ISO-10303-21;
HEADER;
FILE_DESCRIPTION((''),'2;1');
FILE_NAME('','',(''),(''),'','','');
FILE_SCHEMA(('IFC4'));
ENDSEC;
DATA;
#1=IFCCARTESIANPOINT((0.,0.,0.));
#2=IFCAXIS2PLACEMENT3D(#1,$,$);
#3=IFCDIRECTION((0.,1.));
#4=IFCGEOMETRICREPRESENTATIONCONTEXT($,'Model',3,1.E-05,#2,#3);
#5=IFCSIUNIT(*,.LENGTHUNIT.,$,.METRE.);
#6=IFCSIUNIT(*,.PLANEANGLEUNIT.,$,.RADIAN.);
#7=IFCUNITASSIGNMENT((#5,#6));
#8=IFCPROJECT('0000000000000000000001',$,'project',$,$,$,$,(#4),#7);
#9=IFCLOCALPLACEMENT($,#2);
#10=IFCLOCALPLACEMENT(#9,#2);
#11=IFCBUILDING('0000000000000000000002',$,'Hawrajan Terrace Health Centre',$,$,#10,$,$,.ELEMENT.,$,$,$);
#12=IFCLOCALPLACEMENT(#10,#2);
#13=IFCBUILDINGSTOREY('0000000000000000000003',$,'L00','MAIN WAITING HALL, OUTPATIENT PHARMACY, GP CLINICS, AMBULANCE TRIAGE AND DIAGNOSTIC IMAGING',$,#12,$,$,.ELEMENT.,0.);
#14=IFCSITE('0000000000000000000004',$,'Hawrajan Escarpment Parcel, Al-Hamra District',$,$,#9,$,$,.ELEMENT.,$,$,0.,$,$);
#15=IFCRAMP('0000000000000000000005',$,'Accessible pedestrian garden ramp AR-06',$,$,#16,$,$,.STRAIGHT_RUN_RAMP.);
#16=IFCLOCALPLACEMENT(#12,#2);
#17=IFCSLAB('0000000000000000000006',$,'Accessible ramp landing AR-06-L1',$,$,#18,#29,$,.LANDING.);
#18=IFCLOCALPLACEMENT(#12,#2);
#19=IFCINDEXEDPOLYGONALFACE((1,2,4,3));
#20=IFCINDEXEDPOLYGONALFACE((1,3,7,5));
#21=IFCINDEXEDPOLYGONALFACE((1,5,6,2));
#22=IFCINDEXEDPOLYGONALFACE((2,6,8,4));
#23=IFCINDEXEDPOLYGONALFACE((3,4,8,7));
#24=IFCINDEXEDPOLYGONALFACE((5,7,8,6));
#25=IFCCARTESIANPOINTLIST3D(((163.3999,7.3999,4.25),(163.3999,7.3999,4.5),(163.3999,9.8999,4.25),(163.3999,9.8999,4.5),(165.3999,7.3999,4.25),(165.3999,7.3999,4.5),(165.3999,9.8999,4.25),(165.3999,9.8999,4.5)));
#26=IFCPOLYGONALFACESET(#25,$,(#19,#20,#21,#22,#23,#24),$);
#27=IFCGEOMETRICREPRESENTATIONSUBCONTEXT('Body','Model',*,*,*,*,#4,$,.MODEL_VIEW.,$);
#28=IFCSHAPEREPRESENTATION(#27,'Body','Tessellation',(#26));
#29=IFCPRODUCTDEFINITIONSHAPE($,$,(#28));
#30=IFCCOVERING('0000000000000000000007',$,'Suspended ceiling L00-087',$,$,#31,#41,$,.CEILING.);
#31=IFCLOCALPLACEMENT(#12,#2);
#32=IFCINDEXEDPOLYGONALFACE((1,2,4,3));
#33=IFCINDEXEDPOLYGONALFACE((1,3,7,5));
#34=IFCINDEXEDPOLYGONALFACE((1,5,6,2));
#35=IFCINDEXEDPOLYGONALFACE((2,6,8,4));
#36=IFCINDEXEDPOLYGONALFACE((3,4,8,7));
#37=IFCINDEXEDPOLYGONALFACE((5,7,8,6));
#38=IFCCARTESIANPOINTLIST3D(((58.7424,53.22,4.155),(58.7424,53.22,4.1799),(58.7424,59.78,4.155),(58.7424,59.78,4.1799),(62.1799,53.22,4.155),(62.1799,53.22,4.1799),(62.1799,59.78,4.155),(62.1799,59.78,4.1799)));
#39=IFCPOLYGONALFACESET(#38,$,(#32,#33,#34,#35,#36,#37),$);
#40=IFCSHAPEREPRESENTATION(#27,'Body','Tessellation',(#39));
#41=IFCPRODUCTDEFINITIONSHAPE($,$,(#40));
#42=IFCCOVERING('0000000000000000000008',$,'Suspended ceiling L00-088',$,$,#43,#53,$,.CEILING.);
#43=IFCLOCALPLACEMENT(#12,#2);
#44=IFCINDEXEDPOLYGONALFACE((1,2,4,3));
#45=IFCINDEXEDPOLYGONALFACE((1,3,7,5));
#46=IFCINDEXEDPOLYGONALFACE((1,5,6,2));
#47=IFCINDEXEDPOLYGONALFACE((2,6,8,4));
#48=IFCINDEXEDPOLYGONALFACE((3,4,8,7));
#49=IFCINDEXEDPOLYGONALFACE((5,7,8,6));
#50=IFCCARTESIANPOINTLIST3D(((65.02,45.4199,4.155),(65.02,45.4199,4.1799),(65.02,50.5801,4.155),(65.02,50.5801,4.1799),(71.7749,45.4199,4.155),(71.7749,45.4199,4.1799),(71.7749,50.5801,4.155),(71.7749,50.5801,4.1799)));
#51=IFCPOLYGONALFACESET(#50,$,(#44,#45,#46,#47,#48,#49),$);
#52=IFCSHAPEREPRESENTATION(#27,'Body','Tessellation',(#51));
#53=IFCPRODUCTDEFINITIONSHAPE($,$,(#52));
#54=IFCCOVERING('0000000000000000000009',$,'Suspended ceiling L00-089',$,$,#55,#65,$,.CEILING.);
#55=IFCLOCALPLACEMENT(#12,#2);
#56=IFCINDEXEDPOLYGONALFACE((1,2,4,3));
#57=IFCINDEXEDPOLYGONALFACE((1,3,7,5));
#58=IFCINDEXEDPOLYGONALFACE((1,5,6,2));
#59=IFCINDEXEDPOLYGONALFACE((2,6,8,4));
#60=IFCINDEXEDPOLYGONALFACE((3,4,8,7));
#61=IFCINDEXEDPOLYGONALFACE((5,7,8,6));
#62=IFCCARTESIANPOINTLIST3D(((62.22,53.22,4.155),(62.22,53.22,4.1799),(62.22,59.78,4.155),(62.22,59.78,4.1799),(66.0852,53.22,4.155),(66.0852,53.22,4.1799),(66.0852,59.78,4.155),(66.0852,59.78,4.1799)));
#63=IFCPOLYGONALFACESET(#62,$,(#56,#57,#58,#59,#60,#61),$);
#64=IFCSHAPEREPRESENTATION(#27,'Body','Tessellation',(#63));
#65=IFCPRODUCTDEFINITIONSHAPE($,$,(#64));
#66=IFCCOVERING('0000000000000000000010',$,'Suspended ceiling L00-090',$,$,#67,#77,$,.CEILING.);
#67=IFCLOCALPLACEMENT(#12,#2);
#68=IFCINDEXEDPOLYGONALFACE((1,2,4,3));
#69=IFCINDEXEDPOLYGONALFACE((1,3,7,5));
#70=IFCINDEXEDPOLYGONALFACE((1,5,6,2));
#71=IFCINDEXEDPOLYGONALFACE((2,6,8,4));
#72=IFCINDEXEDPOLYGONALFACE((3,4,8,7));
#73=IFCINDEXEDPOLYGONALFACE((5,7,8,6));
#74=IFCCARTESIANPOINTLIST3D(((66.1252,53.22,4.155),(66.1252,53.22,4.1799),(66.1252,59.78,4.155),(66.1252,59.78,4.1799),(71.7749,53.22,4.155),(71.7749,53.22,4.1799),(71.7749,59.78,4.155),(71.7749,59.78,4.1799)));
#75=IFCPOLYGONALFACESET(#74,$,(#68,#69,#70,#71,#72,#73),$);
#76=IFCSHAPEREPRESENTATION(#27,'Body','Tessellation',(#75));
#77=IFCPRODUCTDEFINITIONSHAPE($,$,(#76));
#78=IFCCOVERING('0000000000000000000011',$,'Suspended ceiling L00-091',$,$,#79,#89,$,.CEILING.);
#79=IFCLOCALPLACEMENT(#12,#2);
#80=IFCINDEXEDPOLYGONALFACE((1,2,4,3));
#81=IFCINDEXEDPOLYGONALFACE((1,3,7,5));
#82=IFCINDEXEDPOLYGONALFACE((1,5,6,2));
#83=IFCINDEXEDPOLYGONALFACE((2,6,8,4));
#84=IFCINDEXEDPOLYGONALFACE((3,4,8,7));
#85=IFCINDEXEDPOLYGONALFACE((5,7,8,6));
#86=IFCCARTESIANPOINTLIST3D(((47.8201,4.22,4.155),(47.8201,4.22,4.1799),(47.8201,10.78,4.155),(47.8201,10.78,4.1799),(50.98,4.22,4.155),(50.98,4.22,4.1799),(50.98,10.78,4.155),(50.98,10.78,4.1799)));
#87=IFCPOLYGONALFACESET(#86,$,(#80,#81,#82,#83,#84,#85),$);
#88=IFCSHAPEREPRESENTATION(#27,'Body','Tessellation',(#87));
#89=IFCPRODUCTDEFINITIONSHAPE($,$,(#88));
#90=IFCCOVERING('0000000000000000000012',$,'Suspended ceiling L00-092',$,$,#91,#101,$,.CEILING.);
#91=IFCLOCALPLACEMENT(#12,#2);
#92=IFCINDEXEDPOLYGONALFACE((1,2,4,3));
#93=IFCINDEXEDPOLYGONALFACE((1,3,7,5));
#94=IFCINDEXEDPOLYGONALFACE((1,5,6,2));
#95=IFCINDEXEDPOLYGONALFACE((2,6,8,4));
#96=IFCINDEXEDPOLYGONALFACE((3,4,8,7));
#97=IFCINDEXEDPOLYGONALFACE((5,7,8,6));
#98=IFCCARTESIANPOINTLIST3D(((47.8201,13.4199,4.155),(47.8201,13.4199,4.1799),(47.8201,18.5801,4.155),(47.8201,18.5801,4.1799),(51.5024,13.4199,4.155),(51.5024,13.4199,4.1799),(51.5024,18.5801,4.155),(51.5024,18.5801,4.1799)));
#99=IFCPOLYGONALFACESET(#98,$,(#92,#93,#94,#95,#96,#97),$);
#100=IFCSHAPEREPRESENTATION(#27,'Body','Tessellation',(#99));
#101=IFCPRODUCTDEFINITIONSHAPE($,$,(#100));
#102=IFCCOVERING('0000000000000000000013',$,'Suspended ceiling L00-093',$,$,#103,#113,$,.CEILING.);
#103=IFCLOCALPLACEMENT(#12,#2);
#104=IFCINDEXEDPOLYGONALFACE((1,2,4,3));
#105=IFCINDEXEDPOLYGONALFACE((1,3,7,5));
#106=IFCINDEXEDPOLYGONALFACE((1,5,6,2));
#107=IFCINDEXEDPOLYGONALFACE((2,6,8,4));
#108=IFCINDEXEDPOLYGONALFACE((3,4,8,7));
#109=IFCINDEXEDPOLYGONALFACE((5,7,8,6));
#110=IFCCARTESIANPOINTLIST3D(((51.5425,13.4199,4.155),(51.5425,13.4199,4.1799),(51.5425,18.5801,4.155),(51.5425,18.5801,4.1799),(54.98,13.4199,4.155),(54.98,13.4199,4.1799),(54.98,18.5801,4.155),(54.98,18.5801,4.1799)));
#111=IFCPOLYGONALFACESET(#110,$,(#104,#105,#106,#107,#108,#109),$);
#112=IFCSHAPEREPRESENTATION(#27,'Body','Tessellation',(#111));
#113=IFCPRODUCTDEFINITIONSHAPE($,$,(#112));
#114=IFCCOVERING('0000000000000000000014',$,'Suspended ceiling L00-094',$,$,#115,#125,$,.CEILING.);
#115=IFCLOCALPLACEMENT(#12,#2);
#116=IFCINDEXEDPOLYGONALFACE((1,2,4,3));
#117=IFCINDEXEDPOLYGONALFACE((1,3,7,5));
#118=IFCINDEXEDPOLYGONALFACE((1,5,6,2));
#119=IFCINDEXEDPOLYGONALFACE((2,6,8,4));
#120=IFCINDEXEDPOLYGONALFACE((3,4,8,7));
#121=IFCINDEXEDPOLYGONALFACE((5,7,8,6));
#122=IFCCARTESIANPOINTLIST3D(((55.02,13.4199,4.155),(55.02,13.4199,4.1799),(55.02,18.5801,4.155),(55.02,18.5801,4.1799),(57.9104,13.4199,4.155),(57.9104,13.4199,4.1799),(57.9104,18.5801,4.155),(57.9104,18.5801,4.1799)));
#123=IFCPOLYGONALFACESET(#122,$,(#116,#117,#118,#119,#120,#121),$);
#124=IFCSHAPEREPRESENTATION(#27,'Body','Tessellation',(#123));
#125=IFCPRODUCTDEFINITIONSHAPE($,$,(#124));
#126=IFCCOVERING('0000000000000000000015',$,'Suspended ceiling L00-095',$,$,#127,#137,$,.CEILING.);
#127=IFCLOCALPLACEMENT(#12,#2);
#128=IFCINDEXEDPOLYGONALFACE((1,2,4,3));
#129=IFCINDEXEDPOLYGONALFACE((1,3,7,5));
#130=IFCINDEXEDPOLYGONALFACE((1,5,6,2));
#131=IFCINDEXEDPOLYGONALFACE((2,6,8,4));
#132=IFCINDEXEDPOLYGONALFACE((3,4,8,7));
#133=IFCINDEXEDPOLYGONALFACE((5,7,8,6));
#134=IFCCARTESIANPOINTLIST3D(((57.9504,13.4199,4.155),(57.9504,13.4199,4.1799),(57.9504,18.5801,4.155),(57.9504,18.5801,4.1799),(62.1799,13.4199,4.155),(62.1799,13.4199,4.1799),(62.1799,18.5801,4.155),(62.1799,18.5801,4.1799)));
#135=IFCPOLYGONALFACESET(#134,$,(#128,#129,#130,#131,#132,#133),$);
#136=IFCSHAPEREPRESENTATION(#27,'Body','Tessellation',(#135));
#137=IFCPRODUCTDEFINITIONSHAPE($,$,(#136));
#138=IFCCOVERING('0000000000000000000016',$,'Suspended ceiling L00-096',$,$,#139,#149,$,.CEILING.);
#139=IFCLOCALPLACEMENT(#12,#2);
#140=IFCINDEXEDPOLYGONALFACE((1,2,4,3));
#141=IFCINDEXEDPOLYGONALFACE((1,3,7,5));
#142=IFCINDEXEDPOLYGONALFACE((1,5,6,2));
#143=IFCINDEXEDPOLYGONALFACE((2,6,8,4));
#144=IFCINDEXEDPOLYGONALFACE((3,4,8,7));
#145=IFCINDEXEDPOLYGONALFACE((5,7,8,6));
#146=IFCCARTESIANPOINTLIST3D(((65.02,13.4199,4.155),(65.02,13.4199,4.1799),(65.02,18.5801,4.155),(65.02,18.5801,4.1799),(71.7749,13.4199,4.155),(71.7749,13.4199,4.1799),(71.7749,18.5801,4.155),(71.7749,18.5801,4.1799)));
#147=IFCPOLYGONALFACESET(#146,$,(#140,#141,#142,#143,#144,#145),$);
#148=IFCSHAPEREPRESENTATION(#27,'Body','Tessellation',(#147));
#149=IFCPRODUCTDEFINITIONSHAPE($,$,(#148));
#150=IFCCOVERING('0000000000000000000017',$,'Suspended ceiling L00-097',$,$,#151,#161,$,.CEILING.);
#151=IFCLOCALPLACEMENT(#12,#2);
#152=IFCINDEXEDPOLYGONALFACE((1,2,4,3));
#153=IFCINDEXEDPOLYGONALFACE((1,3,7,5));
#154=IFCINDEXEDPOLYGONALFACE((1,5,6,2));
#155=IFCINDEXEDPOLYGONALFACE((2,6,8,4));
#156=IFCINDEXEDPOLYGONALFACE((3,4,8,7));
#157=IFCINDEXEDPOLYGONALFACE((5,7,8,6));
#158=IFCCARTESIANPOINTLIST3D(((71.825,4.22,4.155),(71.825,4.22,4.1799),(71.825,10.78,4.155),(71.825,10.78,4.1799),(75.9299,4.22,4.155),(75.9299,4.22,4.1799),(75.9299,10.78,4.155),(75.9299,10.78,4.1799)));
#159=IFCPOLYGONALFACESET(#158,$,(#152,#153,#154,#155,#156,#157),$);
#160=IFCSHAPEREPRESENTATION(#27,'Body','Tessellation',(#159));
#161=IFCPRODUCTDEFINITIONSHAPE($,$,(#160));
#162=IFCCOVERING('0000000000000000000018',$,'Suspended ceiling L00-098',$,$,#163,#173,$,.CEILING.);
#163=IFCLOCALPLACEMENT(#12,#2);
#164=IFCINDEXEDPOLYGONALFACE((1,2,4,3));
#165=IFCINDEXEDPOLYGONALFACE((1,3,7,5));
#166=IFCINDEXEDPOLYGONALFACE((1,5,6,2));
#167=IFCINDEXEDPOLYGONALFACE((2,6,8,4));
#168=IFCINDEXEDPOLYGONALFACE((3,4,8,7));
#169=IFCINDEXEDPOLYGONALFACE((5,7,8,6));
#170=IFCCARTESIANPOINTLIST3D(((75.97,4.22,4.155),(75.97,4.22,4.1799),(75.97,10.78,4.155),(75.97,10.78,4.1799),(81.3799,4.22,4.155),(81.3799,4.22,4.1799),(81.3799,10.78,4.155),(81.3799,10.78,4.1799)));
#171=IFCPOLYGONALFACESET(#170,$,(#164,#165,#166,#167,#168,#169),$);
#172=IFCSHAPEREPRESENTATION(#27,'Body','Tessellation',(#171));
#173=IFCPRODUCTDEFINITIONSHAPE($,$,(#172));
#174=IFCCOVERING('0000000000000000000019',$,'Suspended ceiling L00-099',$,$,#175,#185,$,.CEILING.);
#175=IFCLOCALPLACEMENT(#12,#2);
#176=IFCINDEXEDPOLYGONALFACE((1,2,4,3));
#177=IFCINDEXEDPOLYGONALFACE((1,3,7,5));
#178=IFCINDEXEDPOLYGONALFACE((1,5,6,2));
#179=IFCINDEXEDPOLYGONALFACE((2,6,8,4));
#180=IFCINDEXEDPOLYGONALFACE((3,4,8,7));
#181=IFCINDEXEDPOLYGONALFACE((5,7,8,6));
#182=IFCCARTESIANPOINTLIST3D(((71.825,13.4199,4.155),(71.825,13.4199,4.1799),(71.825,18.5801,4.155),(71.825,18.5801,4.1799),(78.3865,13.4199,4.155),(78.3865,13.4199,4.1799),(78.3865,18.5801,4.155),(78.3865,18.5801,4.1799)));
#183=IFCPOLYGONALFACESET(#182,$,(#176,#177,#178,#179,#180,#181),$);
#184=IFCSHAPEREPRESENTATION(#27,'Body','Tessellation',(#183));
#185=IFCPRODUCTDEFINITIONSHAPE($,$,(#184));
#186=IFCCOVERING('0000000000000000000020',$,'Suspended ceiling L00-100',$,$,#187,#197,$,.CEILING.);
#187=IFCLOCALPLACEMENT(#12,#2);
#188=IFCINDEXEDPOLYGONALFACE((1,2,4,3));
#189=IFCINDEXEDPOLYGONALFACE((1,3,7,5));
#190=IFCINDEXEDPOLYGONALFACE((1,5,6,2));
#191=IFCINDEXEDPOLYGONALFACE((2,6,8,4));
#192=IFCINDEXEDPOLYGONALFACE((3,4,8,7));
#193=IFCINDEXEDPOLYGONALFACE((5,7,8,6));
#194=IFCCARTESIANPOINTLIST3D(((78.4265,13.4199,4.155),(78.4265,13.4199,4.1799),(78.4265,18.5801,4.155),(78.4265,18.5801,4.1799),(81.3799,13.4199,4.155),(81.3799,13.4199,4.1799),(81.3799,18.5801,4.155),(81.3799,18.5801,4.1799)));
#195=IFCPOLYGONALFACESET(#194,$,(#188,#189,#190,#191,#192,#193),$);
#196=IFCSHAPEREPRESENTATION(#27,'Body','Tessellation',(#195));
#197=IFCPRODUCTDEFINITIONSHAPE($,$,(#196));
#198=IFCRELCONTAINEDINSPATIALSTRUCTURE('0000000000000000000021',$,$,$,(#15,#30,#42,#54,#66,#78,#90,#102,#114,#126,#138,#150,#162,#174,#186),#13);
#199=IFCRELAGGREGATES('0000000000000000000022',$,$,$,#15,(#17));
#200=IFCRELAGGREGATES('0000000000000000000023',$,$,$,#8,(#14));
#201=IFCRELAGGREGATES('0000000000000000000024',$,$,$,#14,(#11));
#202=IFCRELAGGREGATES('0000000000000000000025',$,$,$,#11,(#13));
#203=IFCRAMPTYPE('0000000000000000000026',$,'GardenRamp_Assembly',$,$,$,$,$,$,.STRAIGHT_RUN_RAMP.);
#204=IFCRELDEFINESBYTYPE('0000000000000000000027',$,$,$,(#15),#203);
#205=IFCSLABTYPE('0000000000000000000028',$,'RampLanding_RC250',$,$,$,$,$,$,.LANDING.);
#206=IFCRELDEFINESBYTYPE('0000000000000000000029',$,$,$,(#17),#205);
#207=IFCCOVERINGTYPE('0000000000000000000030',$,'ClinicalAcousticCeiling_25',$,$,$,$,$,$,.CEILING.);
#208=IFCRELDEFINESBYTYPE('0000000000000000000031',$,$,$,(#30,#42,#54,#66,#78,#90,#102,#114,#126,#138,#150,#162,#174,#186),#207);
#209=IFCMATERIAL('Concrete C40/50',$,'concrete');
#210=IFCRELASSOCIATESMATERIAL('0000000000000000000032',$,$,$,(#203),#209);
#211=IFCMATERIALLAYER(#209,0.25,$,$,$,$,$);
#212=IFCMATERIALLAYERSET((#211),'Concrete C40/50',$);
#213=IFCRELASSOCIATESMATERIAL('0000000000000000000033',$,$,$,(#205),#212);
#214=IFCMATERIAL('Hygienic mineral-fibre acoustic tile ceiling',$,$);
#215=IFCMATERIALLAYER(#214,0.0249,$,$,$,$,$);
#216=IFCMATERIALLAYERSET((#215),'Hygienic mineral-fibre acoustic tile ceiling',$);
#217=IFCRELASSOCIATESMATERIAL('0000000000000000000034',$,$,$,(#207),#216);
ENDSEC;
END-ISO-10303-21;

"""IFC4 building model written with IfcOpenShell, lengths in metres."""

from ifc_helpers import new_model, si_unit, direction, frame, origin, place, context, subcontext, project, spatial, polyline, outline, extrude, material, layer, layer_set, type_object, element, aggregate, save


model = new_model("IFC4")

# Units and contexts
model_context = context("Model", 3, precision=1e-05, world=origin(), true_north=direction((0.0, 1.0)))
body_context = subcontext(model_context, "Body", "Model", "MODEL_VIEW")
ifc_project = project(units=[si_unit("LENGTHUNIT", "METRE"), si_unit("PLANEANGLEUNIT", "RADIAN")], contexts=[model_context])

# Site, building, storey
site_placement = place(None, origin())
site = spatial("IfcSite", under=ifc_project, at=site_placement, Name="Hawrajan Escarpment Parcel, Al-Hamra District", CompositionType="ELEMENT", RefElevation=0.0)
building_placement = place(site_placement, origin())
building = spatial("IfcBuilding", under=site, at=building_placement, Name="Hawrajan Terrace Health Centre", CompositionType="ELEMENT")
storey_placement = place(building_placement, origin())
storey = spatial("IfcBuildingStorey", under=building, at=storey_placement, Name="L00", Description="MAIN WAITING HALL, OUTPATIENT PHARMACY, GP CLINICS, AMBULANCE TRIAGE AND DIAGNOSTIC IMAGING", CompositionType="ELEMENT", Elevation=0.0)

# Ramp, slab
ifc_material_1 = material(Name="Concrete C40/50", Category="concrete")
ramp_type = type_object("IfcRampType", Name="GardenRamp_Assembly", PredefinedType="STRAIGHT_RUN_RAMP", material=ifc_material_1)
ramp_placement = place(storey_placement, origin())
ramp = element("IfcRamp", 1, at=ramp_placement, inside=storey, type_object=ramp_type, Name="Accessible pedestrian garden ramp AR-06", PredefinedType="STRAIGHT_RUN_RAMP")
ifc_layer_1 = layer(ifc_material_1, 0.25)
ifc_layer_set_1 = layer_set([ifc_layer_1], Name="Concrete C40/50")
slab_type = type_object("IfcSlabType", Name="RampLanding_RC250", PredefinedType="LANDING", material=ifc_layer_set_1)
slab_placement = place(storey_placement, frame((0.0, 0.0, 4.25)))
slab = element("IfcSlab", 2, at=slab_placement, type_object=slab_type, Name="Accessible ramp landing AR-06-L1", PredefinedType="LANDING", context=body_context, shape_type="SweptSolid", body=[
    extrude(outline(polyline([(163.3999, 7.3999), (165.3999, 7.3999), (165.3999, 9.8999), (163.3999, 9.8999), (163.3999, 7.3999)])), origin(), (0.0, 0.0, 1.0), 0.25),
])
aggregate(ramp, [slab])

# Coverings
ifc_material_2 = material(Name="Hygienic mineral-fibre acoustic tile ceiling")
ifc_layer_2 = layer(ifc_material_2, 0.0249)
ifc_layer_set_2 = layer_set([ifc_layer_2], Name="Hygienic mineral-fibre acoustic tile ceiling")
covering_type = type_object("IfcCoveringType", Name="ClinicalAcousticCeiling_25", PredefinedType="CEILING", material=ifc_layer_set_2)
covering_1_placement = place(storey_placement, frame((0.0, 0.0, 4.155)))
element("IfcCovering", 3, at=covering_1_placement, inside=storey, type_object=covering_type, Name="Suspended ceiling L00-087", PredefinedType="CEILING", context=body_context, shape_type="SweptSolid", body=[
    extrude(outline(polyline([(58.7424, 59.78), (62.1799, 59.78), (62.1799, 53.22), (58.7424, 53.22), (58.7424, 59.78)])), origin(), (0.0, 0.0, 1.0), 0.0249),
])
covering_2_placement = place(storey_placement, frame((0.0, 0.0, 4.155)))
element("IfcCovering", 4, at=covering_2_placement, inside=storey, type_object=covering_type, Name="Suspended ceiling L00-088", PredefinedType="CEILING", context=body_context, shape_type="SweptSolid", body=[
    extrude(outline(polyline([(65.02, 50.5801), (71.7749, 50.5801), (71.7749, 45.4199), (65.02, 45.4199), (65.02, 50.5801)])), origin(), (0.0, 0.0, 1.0), 0.0249),
])
covering_3_placement = place(storey_placement, frame((0.0, 0.0, 4.155)))
element("IfcCovering", 5, at=covering_3_placement, inside=storey, type_object=covering_type, Name="Suspended ceiling L00-089", PredefinedType="CEILING", context=body_context, shape_type="SweptSolid", body=[
    extrude(outline(polyline([(62.22, 59.78), (66.0852, 59.78), (66.0852, 53.22), (62.22, 53.22), (62.22, 59.78)])), origin(), (0.0, 0.0, 1.0), 0.0249),
])
covering_4_placement = place(storey_placement, frame((0.0, 0.0, 4.155)))
element("IfcCovering", 6, at=covering_4_placement, inside=storey, type_object=covering_type, Name="Suspended ceiling L00-090", PredefinedType="CEILING", context=body_context, shape_type="SweptSolid", body=[
    extrude(outline(polyline([(66.1252, 59.78), (71.7749, 59.78), (71.7749, 53.22), (66.1252, 53.22), (66.1252, 59.78)])), origin(), (0.0, 0.0, 1.0), 0.0249),
])
covering_5_placement = place(storey_placement, frame((0.0, 0.0, 4.155)))
element("IfcCovering", 7, at=covering_5_placement, inside=storey, type_object=covering_type, Name="Suspended ceiling L00-091", PredefinedType="CEILING", context=body_context, shape_type="SweptSolid", body=[
    extrude(outline(polyline([(47.8201, 10.78), (50.98, 10.78), (50.98, 4.22), (47.8201, 4.22), (47.8201, 10.78)])), origin(), (0.0, 0.0, 1.0), 0.0249),
])
covering_6_placement = place(storey_placement, frame((0.0, 0.0, 4.155)))
element("IfcCovering", 8, at=covering_6_placement, inside=storey, type_object=covering_type, Name="Suspended ceiling L00-092", PredefinedType="CEILING", context=body_context, shape_type="SweptSolid", body=[
    extrude(outline(polyline([(47.8201, 18.5801), (51.5024, 18.5801), (51.5024, 13.4199), (47.8201, 13.4199), (47.8201, 18.5801)])), origin(), (0.0, 0.0, 1.0), 0.0249),
])
covering_7_placement = place(storey_placement, frame((0.0, 0.0, 4.155)))
element("IfcCovering", 9, at=covering_7_placement, inside=storey, type_object=covering_type, Name="Suspended ceiling L00-093", PredefinedType="CEILING", context=body_context, shape_type="SweptSolid", body=[
    extrude(outline(polyline([(51.5425, 18.5801), (54.98, 18.5801), (54.98, 13.4199), (51.5425, 13.4199), (51.5425, 18.5801)])), origin(), (0.0, 0.0, 1.0), 0.0249),
])
covering_8_placement = place(storey_placement, frame((0.0, 0.0, 4.155)))
element("IfcCovering", 10, at=covering_8_placement, inside=storey, type_object=covering_type, Name="Suspended ceiling L00-094", PredefinedType="CEILING", context=body_context, shape_type="SweptSolid", body=[
    extrude(outline(polyline([(55.02, 18.5801), (57.9104, 18.5801), (57.9104, 13.4199), (55.02, 13.4199), (55.02, 18.5801)])), origin(), (0.0, 0.0, 1.0), 0.0249),
])
covering_9_placement = place(storey_placement, frame((0.0, 0.0, 4.155)))
element("IfcCovering", 11, at=covering_9_placement, inside=storey, type_object=covering_type, Name="Suspended ceiling L00-095", PredefinedType="CEILING", context=body_context, shape_type="SweptSolid", body=[
    extrude(outline(polyline([(57.9504, 18.5801), (62.1799, 18.5801), (62.1799, 13.4199), (57.9504, 13.4199), (57.9504, 18.5801)])), origin(), (0.0, 0.0, 1.0), 0.0249),
])
covering_10_placement = place(storey_placement, frame((0.0, 0.0, 4.155)))
element("IfcCovering", 12, at=covering_10_placement, inside=storey, type_object=covering_type, Name="Suspended ceiling L00-096", PredefinedType="CEILING", context=body_context, shape_type="SweptSolid", body=[
    extrude(outline(polyline([(65.02, 18.5801), (71.7749, 18.5801), (71.7749, 13.4199), (65.02, 13.4199), (65.02, 18.5801)])), origin(), (0.0, 0.0, 1.0), 0.0249),
])
covering_11_placement = place(storey_placement, frame((0.0, 0.0, 4.155)))
element("IfcCovering", 13, at=covering_11_placement, inside=storey, type_object=covering_type, Name="Suspended ceiling L00-097", PredefinedType="CEILING", context=body_context, shape_type="SweptSolid", body=[
    extrude(outline(polyline([(71.825, 10.78), (75.9299, 10.78), (75.9299, 4.22), (71.825, 4.22), (71.825, 10.78)])), origin(), (0.0, 0.0, 1.0), 0.0249),
])
covering_12_placement = place(storey_placement, frame((0.0, 0.0, 4.155)))
element("IfcCovering", 14, at=covering_12_placement, inside=storey, type_object=covering_type, Name="Suspended ceiling L00-098", PredefinedType="CEILING", context=body_context, shape_type="SweptSolid", body=[
    extrude(outline(polyline([(75.97, 10.78), (81.3799, 10.78), (81.3799, 4.22), (75.97, 4.22), (75.97, 10.78)])), origin(), (0.0, 0.0, 1.0), 0.0249),
])
covering_13_placement = place(storey_placement, frame((0.0, 0.0, 4.155)))
element("IfcCovering", 15, at=covering_13_placement, inside=storey, type_object=covering_type, Name="Suspended ceiling L00-099", PredefinedType="CEILING", context=body_context, shape_type="SweptSolid", body=[
    extrude(outline(polyline([(71.825, 18.5801), (78.3865, 18.5801), (78.3865, 13.4199), (71.825, 13.4199), (71.825, 18.5801)])), origin(), (0.0, 0.0, 1.0), 0.0249),
])
covering_14_placement = place(storey_placement, frame((0.0, 0.0, 4.155)))
element("IfcCovering", 16, at=covering_14_placement, inside=storey, type_object=covering_type, Name="Suspended ceiling L00-100", PredefinedType="CEILING", context=body_context, shape_type="SweptSolid", body=[
    extrude(outline(polyline([(78.4265, 18.5801), (81.3799, 18.5801), (81.3799, 13.4199), (78.4265, 13.4199), (78.4265, 18.5801)])), origin(), (0.0, 0.0, 1.0), 0.0249),
])

save(model, "model.ifc")
